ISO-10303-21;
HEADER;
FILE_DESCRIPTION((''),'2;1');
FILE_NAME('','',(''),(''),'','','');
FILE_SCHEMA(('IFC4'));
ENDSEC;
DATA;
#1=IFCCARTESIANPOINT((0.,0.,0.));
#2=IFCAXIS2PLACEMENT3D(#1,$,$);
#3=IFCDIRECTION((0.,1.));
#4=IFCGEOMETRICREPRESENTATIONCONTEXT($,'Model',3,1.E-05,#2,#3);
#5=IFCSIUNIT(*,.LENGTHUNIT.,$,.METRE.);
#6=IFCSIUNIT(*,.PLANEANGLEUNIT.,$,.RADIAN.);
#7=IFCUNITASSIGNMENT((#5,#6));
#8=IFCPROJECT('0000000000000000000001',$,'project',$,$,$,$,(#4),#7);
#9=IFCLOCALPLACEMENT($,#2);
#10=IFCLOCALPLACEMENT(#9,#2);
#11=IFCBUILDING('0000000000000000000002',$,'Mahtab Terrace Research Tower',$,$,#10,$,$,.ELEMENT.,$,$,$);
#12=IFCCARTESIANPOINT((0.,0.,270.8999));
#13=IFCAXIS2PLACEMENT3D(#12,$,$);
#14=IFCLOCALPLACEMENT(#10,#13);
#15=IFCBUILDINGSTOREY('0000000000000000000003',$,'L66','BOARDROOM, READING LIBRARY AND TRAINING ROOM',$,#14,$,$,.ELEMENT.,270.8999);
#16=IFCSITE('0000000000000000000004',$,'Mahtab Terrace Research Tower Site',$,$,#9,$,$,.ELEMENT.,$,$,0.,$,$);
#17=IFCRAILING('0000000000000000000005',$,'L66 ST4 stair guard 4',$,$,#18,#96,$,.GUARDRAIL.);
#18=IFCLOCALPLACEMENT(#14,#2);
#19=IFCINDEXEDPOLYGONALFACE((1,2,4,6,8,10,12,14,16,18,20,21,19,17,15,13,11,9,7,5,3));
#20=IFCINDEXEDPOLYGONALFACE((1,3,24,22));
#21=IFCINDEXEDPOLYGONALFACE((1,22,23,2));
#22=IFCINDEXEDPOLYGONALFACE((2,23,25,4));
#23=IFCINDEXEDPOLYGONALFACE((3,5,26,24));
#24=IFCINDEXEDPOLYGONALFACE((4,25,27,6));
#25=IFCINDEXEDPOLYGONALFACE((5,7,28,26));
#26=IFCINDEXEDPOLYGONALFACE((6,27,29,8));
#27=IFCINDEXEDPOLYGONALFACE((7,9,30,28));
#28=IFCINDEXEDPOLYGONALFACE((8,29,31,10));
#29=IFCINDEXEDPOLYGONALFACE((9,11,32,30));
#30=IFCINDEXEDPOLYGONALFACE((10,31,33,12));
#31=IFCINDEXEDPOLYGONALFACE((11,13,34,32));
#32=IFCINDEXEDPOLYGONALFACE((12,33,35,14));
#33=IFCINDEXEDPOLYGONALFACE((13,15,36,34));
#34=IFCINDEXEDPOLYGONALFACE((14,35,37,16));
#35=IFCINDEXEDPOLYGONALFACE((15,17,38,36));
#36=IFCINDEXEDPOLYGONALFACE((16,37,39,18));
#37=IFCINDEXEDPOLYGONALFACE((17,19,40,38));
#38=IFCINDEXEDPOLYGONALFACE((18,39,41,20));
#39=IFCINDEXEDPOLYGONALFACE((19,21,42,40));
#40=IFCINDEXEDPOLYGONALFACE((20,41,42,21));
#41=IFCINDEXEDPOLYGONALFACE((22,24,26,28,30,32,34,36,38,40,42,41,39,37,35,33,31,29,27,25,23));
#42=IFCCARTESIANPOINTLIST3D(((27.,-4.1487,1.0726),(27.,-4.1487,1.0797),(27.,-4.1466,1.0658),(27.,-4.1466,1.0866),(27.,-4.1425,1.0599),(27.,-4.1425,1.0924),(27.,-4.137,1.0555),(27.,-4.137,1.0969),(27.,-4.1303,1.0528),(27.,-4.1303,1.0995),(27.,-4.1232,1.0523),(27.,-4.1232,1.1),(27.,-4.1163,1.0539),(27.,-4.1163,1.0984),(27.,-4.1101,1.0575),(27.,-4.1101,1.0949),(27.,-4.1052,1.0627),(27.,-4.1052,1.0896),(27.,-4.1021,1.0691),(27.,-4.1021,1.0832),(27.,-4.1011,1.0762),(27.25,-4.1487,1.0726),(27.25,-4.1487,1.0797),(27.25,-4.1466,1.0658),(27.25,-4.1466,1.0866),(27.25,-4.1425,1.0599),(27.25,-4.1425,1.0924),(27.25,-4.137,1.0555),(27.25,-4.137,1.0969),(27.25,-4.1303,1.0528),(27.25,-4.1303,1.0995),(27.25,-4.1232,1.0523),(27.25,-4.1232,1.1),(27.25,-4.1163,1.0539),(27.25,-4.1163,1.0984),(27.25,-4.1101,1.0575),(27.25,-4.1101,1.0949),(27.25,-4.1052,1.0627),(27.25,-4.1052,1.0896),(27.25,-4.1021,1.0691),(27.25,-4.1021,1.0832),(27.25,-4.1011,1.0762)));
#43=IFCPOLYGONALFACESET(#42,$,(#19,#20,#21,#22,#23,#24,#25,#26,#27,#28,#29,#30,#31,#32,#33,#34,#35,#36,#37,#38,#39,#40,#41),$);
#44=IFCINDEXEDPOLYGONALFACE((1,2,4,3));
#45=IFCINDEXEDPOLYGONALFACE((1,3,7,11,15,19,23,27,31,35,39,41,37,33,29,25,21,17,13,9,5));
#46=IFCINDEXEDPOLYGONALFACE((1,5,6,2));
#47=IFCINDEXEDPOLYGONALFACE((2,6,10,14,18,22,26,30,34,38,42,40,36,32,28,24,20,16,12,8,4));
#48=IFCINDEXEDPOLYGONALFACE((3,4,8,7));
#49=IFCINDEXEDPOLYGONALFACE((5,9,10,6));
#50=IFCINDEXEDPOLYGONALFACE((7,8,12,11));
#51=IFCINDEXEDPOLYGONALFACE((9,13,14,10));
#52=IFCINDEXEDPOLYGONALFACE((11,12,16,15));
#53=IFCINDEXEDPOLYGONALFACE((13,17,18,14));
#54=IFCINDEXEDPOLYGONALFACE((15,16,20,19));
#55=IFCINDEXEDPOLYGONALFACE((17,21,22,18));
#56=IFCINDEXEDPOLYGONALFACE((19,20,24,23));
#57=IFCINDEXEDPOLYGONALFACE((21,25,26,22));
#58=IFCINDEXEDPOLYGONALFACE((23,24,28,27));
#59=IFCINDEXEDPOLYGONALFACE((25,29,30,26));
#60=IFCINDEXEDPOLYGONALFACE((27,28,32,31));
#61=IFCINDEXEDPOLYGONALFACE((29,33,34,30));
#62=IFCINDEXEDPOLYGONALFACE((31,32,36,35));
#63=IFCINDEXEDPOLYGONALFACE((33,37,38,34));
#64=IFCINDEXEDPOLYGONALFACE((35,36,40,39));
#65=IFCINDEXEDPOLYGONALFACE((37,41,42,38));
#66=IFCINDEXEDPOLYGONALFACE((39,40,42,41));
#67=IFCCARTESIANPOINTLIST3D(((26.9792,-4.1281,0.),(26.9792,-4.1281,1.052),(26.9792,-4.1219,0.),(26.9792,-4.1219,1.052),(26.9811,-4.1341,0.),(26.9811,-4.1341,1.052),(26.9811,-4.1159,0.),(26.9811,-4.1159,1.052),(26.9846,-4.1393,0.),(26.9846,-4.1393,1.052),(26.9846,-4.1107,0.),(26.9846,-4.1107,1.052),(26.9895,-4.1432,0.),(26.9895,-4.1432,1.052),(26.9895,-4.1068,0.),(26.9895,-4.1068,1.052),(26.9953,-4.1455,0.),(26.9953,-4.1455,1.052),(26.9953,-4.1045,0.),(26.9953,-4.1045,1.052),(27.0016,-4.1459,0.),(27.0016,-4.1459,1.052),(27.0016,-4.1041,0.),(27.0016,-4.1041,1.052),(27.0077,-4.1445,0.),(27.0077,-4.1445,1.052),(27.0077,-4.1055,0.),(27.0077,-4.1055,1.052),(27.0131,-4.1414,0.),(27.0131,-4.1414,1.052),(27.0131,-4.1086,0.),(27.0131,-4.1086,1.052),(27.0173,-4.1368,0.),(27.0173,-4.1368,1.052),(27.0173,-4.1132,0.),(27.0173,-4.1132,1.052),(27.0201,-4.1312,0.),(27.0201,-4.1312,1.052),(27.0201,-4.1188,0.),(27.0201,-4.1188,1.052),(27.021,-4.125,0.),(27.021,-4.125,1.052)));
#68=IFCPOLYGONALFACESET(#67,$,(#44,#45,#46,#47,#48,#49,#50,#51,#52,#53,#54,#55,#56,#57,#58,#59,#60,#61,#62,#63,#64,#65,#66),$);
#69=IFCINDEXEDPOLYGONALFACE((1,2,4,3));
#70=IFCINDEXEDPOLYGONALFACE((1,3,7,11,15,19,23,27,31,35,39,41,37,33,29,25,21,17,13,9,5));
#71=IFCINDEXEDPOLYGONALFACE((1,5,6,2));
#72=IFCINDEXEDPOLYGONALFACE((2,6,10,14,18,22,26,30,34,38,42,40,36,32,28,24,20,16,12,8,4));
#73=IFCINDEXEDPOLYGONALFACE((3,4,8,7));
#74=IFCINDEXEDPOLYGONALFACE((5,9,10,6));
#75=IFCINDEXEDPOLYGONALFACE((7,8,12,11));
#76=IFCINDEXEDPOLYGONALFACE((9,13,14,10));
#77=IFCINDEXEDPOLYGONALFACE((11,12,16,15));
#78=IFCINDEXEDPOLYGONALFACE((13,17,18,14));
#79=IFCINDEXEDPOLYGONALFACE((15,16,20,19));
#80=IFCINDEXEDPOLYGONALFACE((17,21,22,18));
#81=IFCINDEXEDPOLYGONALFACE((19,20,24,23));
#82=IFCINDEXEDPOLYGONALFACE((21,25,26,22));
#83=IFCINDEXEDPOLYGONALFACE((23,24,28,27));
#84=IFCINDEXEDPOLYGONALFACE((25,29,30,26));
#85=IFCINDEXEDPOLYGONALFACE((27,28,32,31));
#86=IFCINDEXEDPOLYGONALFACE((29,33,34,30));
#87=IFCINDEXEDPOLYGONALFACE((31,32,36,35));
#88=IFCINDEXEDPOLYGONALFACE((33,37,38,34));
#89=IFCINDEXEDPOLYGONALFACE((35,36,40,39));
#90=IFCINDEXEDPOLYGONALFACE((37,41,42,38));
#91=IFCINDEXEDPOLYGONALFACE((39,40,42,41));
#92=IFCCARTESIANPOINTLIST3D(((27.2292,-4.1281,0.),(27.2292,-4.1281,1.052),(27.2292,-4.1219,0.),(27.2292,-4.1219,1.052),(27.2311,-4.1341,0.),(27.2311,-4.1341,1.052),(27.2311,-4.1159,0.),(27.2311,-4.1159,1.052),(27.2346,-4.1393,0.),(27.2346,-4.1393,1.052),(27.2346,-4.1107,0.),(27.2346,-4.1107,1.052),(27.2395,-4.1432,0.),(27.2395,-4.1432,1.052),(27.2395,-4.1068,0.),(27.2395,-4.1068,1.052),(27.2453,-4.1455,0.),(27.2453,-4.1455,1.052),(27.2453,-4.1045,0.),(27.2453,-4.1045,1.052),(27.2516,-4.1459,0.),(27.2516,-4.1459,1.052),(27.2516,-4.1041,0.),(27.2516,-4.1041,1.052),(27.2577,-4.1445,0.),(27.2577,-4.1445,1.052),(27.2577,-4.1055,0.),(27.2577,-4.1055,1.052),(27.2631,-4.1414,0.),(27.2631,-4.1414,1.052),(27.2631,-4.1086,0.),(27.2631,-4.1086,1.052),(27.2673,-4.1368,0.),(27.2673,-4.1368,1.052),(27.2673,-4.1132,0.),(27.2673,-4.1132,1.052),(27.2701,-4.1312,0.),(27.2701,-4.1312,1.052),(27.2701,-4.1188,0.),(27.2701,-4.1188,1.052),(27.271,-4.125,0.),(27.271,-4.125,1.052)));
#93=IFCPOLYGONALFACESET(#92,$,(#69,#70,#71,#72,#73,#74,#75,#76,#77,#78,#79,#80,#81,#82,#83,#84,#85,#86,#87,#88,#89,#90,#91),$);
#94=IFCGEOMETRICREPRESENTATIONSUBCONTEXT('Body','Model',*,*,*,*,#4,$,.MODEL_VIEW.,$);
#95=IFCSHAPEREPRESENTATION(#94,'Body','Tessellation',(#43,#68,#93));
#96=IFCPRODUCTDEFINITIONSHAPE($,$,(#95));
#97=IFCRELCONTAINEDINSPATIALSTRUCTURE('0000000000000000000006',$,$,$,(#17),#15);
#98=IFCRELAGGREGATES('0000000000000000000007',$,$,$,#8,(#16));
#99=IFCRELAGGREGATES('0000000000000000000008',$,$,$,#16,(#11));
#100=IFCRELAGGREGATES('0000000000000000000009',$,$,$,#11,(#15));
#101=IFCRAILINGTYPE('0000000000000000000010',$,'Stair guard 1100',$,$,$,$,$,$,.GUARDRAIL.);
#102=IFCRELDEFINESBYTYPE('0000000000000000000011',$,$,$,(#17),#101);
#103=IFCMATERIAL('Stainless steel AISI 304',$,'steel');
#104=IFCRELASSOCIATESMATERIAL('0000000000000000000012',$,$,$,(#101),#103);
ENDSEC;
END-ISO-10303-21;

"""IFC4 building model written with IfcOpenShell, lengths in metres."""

from ifc_helpers import new_model, si_unit, direction, frame, origin, origin_2d, place, context, subcontext, project, spatial, circle, extrude, material, type_object, element, save


model = new_model("IFC4")

# Units and contexts
model_context = context("Model", 3, precision=1e-05, world=origin(), true_north=direction((0.0, 1.0)))
body_context = subcontext(model_context, "Body", "Model", "MODEL_VIEW")
ifc_project = project(units=[si_unit("LENGTHUNIT", "METRE"), si_unit("PLANEANGLEUNIT", "RADIAN")], contexts=[model_context])

# Site, building, storey
site_placement = place(None, origin())
site = spatial("IfcSite", under=ifc_project, at=site_placement, Name="Mahtab Terrace Research Tower Site", CompositionType="ELEMENT", RefElevation=0.0)
building_placement = place(site_placement, origin())
building = spatial("IfcBuilding", under=site, at=building_placement, Name="Mahtab Terrace Research Tower", CompositionType="ELEMENT")
storey_placement = place(building_placement, frame((0.0, 0.0, 270.8999)))
storey = spatial("IfcBuildingStorey", under=building, at=storey_placement, Name="L66", Description="BOARDROOM, READING LIBRARY AND TRAINING ROOM", CompositionType="ELEMENT", Elevation=270.8999)

# Railing
ifc_material_1 = material(Name="Stainless steel AISI 304", Category="steel")
railing_type_1 = type_object("IfcRailingType", Name="Stair guard 1100", PredefinedType="GUARDRAIL", material=ifc_material_1)
railing_1_placement = place(storey_placement, frame((27.0, -4.125, 0.0)))
element("IfcRailing", 1, at=railing_1_placement, inside=storey, type_object=railing_type_1, Name="L66 ST4 stair guard 4", PredefinedType="GUARDRAIL", context=body_context, shape_type="SweptSolid", body=[
    extrude(circle(Radius=0.0239, at=origin_2d()), frame((0.0, 0.0, 1.0762), z_axis=(1.0, 0.0, 0.0), x_axis=(0.0, 1.0, 0.0)), (0.0, 0.0, 1.0), 0.25),
    extrude(circle(Radius=0.021, at=origin_2d()), origin(), (0.0, 0.0, 1.0), 1.052),
    extrude(circle(Radius=0.021, at=origin_2d()), frame((0.25, 0.0, 0.0)), (0.0, 0.0, 1.0), 1.052),
])

save(model, "model.ifc")
